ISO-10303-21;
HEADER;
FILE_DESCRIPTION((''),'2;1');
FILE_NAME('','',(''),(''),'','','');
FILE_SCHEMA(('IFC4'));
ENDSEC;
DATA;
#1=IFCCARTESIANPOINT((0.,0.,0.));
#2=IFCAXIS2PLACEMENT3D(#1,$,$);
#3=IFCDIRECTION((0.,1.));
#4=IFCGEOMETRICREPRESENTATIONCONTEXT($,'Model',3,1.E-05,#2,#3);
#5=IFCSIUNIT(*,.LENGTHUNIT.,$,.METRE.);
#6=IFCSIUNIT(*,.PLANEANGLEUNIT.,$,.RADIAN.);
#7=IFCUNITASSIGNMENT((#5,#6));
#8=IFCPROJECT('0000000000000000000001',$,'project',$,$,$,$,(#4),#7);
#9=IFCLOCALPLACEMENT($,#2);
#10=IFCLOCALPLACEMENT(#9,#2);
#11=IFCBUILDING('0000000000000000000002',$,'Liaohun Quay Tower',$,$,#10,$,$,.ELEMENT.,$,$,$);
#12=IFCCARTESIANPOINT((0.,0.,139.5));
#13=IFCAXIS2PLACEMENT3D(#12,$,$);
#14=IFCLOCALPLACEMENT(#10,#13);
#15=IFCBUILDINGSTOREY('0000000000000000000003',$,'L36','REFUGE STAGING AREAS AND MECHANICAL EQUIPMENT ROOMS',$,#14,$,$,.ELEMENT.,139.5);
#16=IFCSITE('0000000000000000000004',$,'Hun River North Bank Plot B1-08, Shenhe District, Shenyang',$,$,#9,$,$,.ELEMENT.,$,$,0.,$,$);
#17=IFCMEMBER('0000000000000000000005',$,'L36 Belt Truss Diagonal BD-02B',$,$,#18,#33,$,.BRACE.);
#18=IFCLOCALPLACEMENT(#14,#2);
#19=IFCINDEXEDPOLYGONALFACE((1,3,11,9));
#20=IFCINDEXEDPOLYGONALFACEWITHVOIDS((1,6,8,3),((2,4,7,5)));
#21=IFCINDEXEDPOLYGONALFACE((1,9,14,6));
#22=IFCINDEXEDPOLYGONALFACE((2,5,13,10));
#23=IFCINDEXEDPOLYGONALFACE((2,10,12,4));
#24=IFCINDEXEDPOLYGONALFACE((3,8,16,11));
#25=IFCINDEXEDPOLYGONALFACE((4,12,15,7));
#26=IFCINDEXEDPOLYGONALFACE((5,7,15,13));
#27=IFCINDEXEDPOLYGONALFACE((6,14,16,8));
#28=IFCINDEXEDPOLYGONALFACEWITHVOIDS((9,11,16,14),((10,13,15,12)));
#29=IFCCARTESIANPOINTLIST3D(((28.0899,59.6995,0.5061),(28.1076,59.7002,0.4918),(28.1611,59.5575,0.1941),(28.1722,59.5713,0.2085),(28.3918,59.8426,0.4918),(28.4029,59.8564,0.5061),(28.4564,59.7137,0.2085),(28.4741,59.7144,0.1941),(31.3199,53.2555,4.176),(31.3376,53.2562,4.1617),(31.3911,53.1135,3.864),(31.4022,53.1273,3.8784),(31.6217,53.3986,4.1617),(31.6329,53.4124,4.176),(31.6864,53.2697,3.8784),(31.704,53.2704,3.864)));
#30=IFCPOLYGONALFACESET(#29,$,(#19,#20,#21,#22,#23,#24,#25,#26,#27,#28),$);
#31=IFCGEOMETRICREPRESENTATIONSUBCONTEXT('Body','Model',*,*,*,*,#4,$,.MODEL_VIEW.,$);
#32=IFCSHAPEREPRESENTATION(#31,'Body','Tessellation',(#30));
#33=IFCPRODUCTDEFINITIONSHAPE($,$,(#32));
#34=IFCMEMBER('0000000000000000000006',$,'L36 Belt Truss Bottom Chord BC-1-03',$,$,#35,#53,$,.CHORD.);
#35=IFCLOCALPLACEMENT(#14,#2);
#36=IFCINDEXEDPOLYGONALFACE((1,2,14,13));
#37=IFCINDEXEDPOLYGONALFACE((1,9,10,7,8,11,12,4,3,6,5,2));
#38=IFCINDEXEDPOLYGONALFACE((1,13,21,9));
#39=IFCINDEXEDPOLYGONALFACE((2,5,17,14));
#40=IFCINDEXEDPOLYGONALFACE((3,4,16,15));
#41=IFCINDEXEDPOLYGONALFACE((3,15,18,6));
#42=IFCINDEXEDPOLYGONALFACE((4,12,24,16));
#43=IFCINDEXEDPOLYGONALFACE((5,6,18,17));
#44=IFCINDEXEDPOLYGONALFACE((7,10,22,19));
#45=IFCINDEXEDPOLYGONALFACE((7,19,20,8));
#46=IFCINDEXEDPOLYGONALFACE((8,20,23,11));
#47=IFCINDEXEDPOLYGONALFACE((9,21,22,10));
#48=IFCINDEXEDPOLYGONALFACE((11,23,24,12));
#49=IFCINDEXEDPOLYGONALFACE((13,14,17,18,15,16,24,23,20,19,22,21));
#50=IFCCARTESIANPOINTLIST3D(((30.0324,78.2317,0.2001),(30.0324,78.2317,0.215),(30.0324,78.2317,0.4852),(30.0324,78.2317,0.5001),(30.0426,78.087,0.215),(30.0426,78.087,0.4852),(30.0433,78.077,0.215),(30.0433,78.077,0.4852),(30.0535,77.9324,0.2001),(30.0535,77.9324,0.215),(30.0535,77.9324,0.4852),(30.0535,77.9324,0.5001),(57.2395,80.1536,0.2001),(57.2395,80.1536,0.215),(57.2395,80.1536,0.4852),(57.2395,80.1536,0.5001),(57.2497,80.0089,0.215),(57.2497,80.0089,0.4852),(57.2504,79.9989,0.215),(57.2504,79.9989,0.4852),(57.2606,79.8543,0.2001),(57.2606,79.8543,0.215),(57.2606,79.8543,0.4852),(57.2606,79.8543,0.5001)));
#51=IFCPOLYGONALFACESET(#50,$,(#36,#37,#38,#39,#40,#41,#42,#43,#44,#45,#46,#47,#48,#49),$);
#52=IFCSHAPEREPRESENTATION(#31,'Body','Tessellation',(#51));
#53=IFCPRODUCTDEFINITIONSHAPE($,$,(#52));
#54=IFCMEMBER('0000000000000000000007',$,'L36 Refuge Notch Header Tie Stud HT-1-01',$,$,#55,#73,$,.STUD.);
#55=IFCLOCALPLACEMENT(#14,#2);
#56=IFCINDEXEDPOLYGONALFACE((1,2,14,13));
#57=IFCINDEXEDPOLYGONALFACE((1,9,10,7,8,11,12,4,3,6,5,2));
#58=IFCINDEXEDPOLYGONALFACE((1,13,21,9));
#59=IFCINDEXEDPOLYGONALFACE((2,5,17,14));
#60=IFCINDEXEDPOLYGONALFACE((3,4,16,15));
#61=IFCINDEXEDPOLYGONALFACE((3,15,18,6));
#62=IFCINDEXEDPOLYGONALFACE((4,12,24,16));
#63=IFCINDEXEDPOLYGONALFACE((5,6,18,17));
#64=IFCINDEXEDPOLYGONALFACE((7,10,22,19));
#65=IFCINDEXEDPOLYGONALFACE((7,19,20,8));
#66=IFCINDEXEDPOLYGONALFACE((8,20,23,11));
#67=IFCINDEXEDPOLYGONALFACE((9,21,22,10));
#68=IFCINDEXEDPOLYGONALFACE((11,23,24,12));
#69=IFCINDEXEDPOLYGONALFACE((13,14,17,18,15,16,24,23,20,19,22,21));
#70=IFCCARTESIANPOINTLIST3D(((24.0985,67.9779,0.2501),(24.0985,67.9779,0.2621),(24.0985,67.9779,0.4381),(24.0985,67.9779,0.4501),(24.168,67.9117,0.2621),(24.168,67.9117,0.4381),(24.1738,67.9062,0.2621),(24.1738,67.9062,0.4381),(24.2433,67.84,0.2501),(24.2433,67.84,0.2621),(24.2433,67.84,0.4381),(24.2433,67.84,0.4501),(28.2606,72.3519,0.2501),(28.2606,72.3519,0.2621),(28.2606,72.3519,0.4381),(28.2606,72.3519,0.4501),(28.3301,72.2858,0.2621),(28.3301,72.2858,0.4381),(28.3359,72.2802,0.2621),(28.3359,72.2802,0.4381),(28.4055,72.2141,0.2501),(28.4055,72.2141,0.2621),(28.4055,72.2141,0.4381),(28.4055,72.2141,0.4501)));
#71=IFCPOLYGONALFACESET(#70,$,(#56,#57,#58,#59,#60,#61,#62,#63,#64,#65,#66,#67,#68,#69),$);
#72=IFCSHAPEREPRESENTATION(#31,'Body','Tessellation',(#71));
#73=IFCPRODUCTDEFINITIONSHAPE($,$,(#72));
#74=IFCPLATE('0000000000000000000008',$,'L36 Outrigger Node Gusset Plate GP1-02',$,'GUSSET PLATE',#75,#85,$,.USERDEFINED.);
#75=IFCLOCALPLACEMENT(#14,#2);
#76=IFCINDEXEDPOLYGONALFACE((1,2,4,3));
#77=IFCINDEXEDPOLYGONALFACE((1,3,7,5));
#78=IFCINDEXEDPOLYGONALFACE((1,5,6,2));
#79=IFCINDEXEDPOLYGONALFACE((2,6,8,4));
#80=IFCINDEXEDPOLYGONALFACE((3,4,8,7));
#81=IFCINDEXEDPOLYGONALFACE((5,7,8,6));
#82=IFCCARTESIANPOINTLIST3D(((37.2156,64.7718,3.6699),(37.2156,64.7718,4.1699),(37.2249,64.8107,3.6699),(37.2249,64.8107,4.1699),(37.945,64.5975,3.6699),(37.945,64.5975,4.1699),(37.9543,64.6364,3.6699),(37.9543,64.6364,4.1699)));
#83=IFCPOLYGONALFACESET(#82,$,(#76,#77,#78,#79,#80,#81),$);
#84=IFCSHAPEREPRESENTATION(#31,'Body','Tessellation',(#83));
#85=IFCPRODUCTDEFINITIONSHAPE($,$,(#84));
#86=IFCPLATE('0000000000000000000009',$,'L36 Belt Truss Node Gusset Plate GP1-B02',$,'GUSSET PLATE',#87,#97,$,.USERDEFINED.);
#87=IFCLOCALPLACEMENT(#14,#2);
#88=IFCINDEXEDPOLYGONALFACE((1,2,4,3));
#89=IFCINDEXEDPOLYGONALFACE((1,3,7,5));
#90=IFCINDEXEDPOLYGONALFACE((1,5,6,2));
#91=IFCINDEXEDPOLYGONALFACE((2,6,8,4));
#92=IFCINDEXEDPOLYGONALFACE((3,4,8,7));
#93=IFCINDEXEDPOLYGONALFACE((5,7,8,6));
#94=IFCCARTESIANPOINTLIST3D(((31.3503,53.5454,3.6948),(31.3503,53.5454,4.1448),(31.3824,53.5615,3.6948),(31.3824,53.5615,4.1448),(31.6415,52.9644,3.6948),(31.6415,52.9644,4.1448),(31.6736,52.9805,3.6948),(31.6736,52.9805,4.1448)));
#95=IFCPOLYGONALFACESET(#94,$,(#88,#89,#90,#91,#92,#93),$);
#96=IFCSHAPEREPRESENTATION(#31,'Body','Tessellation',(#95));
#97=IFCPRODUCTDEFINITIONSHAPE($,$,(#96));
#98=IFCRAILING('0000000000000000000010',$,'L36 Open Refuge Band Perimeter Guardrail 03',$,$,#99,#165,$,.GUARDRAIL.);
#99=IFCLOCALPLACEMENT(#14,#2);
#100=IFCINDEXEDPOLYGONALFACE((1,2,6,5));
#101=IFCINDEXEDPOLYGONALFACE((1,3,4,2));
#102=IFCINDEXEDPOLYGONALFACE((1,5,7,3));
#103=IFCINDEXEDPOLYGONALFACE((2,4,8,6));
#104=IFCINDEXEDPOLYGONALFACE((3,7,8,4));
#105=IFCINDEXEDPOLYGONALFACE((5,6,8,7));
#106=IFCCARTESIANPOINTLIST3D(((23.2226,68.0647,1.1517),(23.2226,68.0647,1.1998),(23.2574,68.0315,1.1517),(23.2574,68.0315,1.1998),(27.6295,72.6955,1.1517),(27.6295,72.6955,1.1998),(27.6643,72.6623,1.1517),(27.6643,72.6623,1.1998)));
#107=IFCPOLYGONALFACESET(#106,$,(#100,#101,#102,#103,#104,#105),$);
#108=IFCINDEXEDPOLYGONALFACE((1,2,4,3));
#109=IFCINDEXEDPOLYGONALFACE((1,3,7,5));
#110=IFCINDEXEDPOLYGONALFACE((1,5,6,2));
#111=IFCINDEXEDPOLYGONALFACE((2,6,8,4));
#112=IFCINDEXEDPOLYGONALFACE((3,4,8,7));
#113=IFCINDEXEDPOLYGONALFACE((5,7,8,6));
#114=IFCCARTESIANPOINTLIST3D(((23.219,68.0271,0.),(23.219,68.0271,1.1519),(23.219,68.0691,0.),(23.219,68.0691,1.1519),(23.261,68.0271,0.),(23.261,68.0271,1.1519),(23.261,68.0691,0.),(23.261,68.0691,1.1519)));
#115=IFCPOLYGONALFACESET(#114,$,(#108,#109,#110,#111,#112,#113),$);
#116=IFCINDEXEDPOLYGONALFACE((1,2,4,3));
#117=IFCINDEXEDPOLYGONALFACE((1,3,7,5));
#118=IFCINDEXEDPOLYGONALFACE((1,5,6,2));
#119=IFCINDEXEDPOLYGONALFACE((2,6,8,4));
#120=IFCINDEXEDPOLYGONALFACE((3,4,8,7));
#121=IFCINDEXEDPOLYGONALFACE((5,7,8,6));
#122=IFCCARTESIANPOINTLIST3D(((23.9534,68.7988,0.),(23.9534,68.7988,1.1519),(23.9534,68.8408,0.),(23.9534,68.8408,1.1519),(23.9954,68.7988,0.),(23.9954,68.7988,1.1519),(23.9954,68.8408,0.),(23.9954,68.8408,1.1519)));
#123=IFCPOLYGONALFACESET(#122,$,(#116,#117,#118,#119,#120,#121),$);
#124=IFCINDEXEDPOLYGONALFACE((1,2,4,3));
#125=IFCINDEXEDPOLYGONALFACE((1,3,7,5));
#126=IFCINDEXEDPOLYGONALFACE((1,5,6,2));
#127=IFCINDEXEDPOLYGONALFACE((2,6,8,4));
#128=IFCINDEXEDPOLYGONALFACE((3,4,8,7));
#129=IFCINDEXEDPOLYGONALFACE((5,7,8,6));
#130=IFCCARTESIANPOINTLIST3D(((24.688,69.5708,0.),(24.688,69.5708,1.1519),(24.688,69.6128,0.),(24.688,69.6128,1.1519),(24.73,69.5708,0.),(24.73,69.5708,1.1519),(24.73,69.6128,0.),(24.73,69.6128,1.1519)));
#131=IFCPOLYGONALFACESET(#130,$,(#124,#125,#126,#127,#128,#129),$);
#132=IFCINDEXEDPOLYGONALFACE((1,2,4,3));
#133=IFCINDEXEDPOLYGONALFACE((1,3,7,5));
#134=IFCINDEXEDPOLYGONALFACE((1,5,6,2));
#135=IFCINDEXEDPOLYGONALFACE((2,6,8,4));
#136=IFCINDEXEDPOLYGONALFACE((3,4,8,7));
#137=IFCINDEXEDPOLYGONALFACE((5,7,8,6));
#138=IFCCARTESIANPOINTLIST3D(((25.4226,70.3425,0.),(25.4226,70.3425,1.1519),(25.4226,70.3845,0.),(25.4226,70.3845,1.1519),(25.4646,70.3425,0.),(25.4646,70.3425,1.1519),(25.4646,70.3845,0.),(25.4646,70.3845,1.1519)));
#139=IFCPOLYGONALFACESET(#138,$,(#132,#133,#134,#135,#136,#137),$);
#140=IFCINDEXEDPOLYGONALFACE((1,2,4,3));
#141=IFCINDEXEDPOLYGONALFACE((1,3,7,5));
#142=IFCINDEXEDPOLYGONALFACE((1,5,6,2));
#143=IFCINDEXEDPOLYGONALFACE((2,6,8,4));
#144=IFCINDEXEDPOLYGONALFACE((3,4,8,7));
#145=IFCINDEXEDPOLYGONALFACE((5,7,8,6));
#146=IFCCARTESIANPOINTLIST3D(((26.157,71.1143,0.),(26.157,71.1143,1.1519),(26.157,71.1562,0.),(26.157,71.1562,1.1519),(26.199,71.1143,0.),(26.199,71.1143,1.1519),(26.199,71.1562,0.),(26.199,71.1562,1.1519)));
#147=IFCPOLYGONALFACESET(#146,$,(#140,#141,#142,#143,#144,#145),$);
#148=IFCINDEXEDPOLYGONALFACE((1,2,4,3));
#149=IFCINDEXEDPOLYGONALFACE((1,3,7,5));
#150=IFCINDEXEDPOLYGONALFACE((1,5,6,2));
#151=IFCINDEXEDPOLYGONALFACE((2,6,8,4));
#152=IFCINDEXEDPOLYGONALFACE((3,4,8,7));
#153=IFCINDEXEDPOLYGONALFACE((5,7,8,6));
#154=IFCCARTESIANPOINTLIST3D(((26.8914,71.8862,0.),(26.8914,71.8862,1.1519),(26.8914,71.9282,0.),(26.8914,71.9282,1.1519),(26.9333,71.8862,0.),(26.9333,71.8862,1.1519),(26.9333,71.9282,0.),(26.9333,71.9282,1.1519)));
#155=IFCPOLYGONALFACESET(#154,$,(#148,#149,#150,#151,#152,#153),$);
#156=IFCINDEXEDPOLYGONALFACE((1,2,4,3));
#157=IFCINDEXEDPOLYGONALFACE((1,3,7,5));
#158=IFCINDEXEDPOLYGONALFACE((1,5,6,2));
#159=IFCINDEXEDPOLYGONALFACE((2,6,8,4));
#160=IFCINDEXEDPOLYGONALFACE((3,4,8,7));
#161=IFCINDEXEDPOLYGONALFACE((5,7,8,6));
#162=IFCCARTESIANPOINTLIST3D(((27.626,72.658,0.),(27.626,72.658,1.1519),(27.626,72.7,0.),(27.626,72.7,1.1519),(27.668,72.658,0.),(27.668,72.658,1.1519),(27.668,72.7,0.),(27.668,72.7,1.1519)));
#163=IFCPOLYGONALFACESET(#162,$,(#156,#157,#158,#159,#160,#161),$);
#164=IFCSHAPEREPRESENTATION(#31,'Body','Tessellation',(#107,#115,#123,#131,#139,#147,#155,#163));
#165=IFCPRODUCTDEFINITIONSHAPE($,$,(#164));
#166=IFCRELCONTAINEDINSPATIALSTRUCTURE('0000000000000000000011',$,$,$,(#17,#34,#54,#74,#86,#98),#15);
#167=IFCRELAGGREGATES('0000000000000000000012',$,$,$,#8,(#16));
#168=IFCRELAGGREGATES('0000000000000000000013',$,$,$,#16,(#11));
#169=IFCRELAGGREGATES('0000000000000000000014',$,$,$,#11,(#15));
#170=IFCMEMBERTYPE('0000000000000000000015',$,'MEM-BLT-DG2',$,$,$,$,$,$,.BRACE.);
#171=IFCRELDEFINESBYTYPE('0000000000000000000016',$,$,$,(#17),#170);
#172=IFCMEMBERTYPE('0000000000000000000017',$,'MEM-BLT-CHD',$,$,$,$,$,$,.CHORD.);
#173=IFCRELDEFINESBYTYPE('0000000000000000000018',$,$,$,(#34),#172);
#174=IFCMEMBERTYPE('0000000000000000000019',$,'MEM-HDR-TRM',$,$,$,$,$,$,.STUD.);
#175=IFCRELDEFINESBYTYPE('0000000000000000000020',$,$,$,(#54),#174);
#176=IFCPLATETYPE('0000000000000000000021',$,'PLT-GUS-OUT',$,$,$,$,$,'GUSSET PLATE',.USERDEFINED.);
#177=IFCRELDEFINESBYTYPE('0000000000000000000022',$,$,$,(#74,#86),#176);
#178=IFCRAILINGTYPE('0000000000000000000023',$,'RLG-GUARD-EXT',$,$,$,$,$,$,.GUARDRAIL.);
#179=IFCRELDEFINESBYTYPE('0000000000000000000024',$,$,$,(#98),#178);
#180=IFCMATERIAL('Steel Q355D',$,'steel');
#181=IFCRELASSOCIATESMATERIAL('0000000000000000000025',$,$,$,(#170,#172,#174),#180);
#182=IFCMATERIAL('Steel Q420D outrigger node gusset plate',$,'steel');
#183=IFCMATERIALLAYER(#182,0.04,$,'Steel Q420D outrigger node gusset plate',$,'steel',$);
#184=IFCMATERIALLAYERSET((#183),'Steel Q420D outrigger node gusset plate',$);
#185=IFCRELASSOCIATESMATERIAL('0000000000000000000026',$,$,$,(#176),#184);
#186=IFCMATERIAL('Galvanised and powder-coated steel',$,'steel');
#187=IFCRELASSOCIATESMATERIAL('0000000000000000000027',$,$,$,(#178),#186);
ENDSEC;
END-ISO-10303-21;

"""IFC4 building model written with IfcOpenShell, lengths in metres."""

from ifc_helpers import new_model, si_unit, direction, frame, origin, origin_2d, place, context, subcontext, project, spatial, rectangle, hollow_rectangle, i_section, extrude, source, transform, mapped, material, layer, layer_set, material_profile, profile_set, type_object, element, save


model = new_model("IFC4")

# Units and contexts
model_context = context("Model", 3, precision=1e-05, world=origin(), true_north=direction((0.0, 1.0)))
body_context = subcontext(model_context, "Body", "Model", "MODEL_VIEW")
ifc_project = project(units=[si_unit("LENGTHUNIT", "METRE"), si_unit("PLANEANGLEUNIT", "RADIAN")], contexts=[model_context])

# Site, building, storey
site_placement = place(None, origin())
site = spatial("IfcSite", under=ifc_project, at=site_placement, Name="Hun River North Bank Plot B1-08, Shenhe District, Shenyang", CompositionType="ELEMENT", RefElevation=0.0)
building_placement = place(site_placement, origin())
building = spatial("IfcBuilding", under=site, at=building_placement, Name="Liaohun Quay Tower", CompositionType="ELEMENT")
storey_placement = place(building_placement, frame((0.0, 0.0, 139.5)))
storey = spatial("IfcBuildingStorey", under=building, at=storey_placement, Name="L36", Description="REFUGE STAGING AREAS AND MECHANICAL EQUIPMENT ROOMS", CompositionType="ELEMENT", Elevation=139.5)

# Shared definitions
ifc_material_1 = material(Name="Steel Q355D", Category="steel")

# Members
ifc_material_profile_1 = material_profile(ifc_material_1, hollow_rectangle(XDim=0.3501, YDim=0.3501, WallThickness=0.0161, at=origin_2d()), Name="SHS350x350x16")
ifc_profile_set_1 = profile_set([ifc_material_profile_1], Name="Steel Q355D")
member_type_1 = type_object("IfcMemberType", Name="MEM-BLT-DG2", PredefinedType="BRACE", material=ifc_profile_set_1)
shared_shape_1 = source(origin(), body_context, "Body", "SweptSolid", [
    extrude(hollow_rectangle(XDim=0.3501, YDim=0.3501, WallThickness=0.0161, at=origin_2d()), origin(), (0.0, 0.0, 1.0), 8.0886),
])
member_1_placement = place(storey_placement, frame((31.512, 53.2629, 4.02), z_axis=(-0.399319, 0.796676, -0.453709), x_axis=(-0.893986, -0.448094, 0.0)))
element("IfcMember", 1, at=member_1_placement, inside=storey, type_object=member_type_1, Name="L36 Belt Truss Diagonal BD-02B", PredefinedType="BRACE", context=body_context, shape_type="MappedRepresentation", body=[
    mapped(shared_shape_1, transform((0.0, 0.0, 0.0), x_axis=(1.0, 0.0, 0.0), y_axis=(0.0, 1.0, 0.0), z_axis=(0.0, 0.0, 1.0), scale=1.0)),
])
ifc_material_profile_2 = material_profile(ifc_material_1, i_section(OverallWidth=0.3, OverallDepth=0.3, WebThickness=0.01, FlangeThickness=0.0149, at=origin_2d()), Name="HW300x300x10x15")
ifc_profile_set_2 = profile_set([ifc_material_profile_2], Name="Steel Q355D")
member_type_2 = type_object("IfcMemberType", Name="MEM-BLT-CHD", PredefinedType="CHORD", material=ifc_profile_set_2)
shared_shape_2 = source(origin(), body_context, "Body", "SweptSolid", [
    extrude(i_section(OverallWidth=0.3, OverallDepth=0.3, WebThickness=0.01, FlangeThickness=0.0149, at=origin_2d()), origin(), (0.0, 0.0, 1.0), 27.2749),
])
member_2_placement = place(storey_placement, frame((30.043, 78.082, 0.3501), z_axis=(0.997514, 0.070463, 0.0), x_axis=(-0.070463, 0.997514, 0.0)))
element("IfcMember", 2, at=member_2_placement, inside=storey, type_object=member_type_2, Name="L36 Belt Truss Bottom Chord BC-1-03", PredefinedType="CHORD", context=body_context, shape_type="MappedRepresentation", body=[
    mapped(shared_shape_2, transform((0.0, 0.0, 0.0), x_axis=(1.0, 0.0, 0.0), y_axis=(0.0, 1.0, 0.0), z_axis=(0.0, 0.0, 1.0), scale=1.0)),
])
ifc_material_profile_3 = material_profile(ifc_material_1, i_section(OverallWidth=0.2, OverallDepth=0.2, WebThickness=0.0081, FlangeThickness=0.012, at=origin_2d()), Name="HW200x200x8x12")
ifc_profile_set_3 = profile_set([ifc_material_profile_3], Name="Steel Q355D")
member_type_3 = type_object("IfcMemberType", Name="MEM-HDR-TRM", PredefinedType="STUD", material=ifc_profile_set_3)
shared_shape_3 = source(origin(), body_context, "Body", "SweptSolid", [
    extrude(i_section(OverallWidth=0.2, OverallDepth=0.2, WebThickness=0.0081, FlangeThickness=0.012, at=origin_2d()), origin(), (0.0, 0.0, 1.0), 6.0378),
])
member_3_placement = place(storey_placement, frame((24.1709, 67.9089, 0.3501), z_axis=(0.68934, 0.724438, 0.0), x_axis=(-0.724438, 0.68934, 0.0)))
element("IfcMember", 3, at=member_3_placement, inside=storey, type_object=member_type_3, Name="L36 Refuge Notch Header Tie Stud HT-1-01", PredefinedType="STUD", context=body_context, shape_type="MappedRepresentation", body=[
    mapped(shared_shape_3, transform((0.0, 0.0, 0.0), x_axis=(1.0, 0.0, 0.0), y_axis=(0.0, 1.0, 0.0), z_axis=(0.0, 0.0, 1.0), scale=1.0)),
])

# Plates
ifc_material_2 = material(Name="Steel Q420D outrigger node gusset plate", Category="steel")
ifc_layer = layer(ifc_material_2, 0.04, Name="Steel Q420D outrigger node gusset plate", Category="steel")
ifc_layer_set = layer_set([ifc_layer], Name="Steel Q420D outrigger node gusset plate")
plate_type = type_object("IfcPlateType", Name="PLT-GUS-OUT", ElementType="GUSSET PLATE", PredefinedType="USERDEFINED", material=ifc_layer_set)
shared_shape_4 = source(origin(), body_context, "Body", "SweptSolid", [
    extrude(rectangle(XDim=0.75, YDim=0.04, at=origin_2d()), origin(), (0.0, 0.0, 1.0), 0.5),
])
plate_1_placement = place(storey_placement, frame((37.585, 64.7041, 3.6699), z_axis=(0.0, 0.0, 1.0), x_axis=(-0.972614, 0.232427, 0.0)))
element("IfcPlate", 4, at=plate_1_placement, inside=storey, type_object=plate_type, Name="L36 Outrigger Node Gusset Plate GP1-02", ObjectType="GUSSET PLATE", PredefinedType="USERDEFINED", context=body_context, shape_type="MappedRepresentation", body=[
    mapped(shared_shape_4, transform((0.0, 0.0, 0.0), x_axis=(1.0, 0.0, 0.0), y_axis=(0.0, 1.0, 0.0), z_axis=(0.0, 0.0, 1.0), scale=1.0)),
])
shared_shape_5 = source(origin(), body_context, "Body", "SweptSolid", [
    extrude(rectangle(XDim=0.6499, YDim=0.0359, at=origin_2d()), origin(), (0.0, 0.0, 1.0), 0.45),
])
plate_2_placement = place(storey_placement, frame((31.512, 53.2629, 3.6948), z_axis=(0.0, 0.0, 1.0), x_axis=(-0.448071, 0.893998, 0.0)))
element("IfcPlate", 5, at=plate_2_placement, inside=storey, type_object=plate_type, Name="L36 Belt Truss Node Gusset Plate GP1-B02", ObjectType="GUSSET PLATE", PredefinedType="USERDEFINED", context=body_context, shape_type="MappedRepresentation", body=[
    mapped(shared_shape_5, transform((0.0, 0.0, 0.0), x_axis=(1.0, 0.0, 0.0), y_axis=(0.0, 1.0, 0.0), z_axis=(0.0, 0.0, 1.0), scale=1.0)),
])

# Railing
ifc_material_3 = material(Name="Galvanised and powder-coated steel", Category="steel")
railing_type = type_object("IfcRailingType", Name="RLG-GUARD-EXT", PredefinedType="GUARDRAIL", material=ifc_material_3)
railing_1_placement = place(storey_placement, frame((23.24, 68.0481, 0.0)))
element("IfcRailing", 6, at=railing_1_placement, inside=storey, type_object=railing_type, Name="L36 Open Refuge Band Perimeter Guardrail 03", PredefinedType="GUARDRAIL", context=body_context, shape_type="SweptSolid", body=[
    extrude(rectangle(XDim=0.0481, YDim=0.0481, at=origin_2d()), frame((0.0, 0.0, 1.1758), z_axis=(0.68938, 0.7244, 0.0), x_axis=(-0.7244, 0.68938, 0.0)), (0.0, 0.0, 1.0), 6.3926),
    extrude(rectangle(XDim=0.042, YDim=0.042, at=origin_2d()), origin(), (0.0, 0.0, 1.0), 1.1519),
    extrude(rectangle(XDim=0.042, YDim=0.042, at=origin_2d()), frame((0.7344, 0.7717, 0.0)), (0.0, 0.0, 1.0), 1.1519),
    extrude(rectangle(XDim=0.042, YDim=0.042, at=origin_2d()), frame((1.469, 1.5437, 0.0)), (0.0, 0.0, 1.0), 1.1519),
    extrude(rectangle(XDim=0.042, YDim=0.042, at=origin_2d()), frame((2.2036, 2.3154, 0.0)), (0.0, 0.0, 1.0), 1.1519),
    extrude(rectangle(XDim=0.042, YDim=0.042, at=origin_2d()), frame((2.938, 3.0872, 0.0)), (0.0, 0.0, 1.0), 1.1519),
    extrude(rectangle(XDim=0.042, YDim=0.042, at=origin_2d()), frame((3.6724, 3.8591, 0.0)), (0.0, 0.0, 1.0), 1.1519),
    extrude(rectangle(XDim=0.042, YDim=0.042, at=origin_2d()), frame((4.407, 4.6309, 0.0)), (0.0, 0.0, 1.0), 1.1519),
])

save(model, "model.ifc")
